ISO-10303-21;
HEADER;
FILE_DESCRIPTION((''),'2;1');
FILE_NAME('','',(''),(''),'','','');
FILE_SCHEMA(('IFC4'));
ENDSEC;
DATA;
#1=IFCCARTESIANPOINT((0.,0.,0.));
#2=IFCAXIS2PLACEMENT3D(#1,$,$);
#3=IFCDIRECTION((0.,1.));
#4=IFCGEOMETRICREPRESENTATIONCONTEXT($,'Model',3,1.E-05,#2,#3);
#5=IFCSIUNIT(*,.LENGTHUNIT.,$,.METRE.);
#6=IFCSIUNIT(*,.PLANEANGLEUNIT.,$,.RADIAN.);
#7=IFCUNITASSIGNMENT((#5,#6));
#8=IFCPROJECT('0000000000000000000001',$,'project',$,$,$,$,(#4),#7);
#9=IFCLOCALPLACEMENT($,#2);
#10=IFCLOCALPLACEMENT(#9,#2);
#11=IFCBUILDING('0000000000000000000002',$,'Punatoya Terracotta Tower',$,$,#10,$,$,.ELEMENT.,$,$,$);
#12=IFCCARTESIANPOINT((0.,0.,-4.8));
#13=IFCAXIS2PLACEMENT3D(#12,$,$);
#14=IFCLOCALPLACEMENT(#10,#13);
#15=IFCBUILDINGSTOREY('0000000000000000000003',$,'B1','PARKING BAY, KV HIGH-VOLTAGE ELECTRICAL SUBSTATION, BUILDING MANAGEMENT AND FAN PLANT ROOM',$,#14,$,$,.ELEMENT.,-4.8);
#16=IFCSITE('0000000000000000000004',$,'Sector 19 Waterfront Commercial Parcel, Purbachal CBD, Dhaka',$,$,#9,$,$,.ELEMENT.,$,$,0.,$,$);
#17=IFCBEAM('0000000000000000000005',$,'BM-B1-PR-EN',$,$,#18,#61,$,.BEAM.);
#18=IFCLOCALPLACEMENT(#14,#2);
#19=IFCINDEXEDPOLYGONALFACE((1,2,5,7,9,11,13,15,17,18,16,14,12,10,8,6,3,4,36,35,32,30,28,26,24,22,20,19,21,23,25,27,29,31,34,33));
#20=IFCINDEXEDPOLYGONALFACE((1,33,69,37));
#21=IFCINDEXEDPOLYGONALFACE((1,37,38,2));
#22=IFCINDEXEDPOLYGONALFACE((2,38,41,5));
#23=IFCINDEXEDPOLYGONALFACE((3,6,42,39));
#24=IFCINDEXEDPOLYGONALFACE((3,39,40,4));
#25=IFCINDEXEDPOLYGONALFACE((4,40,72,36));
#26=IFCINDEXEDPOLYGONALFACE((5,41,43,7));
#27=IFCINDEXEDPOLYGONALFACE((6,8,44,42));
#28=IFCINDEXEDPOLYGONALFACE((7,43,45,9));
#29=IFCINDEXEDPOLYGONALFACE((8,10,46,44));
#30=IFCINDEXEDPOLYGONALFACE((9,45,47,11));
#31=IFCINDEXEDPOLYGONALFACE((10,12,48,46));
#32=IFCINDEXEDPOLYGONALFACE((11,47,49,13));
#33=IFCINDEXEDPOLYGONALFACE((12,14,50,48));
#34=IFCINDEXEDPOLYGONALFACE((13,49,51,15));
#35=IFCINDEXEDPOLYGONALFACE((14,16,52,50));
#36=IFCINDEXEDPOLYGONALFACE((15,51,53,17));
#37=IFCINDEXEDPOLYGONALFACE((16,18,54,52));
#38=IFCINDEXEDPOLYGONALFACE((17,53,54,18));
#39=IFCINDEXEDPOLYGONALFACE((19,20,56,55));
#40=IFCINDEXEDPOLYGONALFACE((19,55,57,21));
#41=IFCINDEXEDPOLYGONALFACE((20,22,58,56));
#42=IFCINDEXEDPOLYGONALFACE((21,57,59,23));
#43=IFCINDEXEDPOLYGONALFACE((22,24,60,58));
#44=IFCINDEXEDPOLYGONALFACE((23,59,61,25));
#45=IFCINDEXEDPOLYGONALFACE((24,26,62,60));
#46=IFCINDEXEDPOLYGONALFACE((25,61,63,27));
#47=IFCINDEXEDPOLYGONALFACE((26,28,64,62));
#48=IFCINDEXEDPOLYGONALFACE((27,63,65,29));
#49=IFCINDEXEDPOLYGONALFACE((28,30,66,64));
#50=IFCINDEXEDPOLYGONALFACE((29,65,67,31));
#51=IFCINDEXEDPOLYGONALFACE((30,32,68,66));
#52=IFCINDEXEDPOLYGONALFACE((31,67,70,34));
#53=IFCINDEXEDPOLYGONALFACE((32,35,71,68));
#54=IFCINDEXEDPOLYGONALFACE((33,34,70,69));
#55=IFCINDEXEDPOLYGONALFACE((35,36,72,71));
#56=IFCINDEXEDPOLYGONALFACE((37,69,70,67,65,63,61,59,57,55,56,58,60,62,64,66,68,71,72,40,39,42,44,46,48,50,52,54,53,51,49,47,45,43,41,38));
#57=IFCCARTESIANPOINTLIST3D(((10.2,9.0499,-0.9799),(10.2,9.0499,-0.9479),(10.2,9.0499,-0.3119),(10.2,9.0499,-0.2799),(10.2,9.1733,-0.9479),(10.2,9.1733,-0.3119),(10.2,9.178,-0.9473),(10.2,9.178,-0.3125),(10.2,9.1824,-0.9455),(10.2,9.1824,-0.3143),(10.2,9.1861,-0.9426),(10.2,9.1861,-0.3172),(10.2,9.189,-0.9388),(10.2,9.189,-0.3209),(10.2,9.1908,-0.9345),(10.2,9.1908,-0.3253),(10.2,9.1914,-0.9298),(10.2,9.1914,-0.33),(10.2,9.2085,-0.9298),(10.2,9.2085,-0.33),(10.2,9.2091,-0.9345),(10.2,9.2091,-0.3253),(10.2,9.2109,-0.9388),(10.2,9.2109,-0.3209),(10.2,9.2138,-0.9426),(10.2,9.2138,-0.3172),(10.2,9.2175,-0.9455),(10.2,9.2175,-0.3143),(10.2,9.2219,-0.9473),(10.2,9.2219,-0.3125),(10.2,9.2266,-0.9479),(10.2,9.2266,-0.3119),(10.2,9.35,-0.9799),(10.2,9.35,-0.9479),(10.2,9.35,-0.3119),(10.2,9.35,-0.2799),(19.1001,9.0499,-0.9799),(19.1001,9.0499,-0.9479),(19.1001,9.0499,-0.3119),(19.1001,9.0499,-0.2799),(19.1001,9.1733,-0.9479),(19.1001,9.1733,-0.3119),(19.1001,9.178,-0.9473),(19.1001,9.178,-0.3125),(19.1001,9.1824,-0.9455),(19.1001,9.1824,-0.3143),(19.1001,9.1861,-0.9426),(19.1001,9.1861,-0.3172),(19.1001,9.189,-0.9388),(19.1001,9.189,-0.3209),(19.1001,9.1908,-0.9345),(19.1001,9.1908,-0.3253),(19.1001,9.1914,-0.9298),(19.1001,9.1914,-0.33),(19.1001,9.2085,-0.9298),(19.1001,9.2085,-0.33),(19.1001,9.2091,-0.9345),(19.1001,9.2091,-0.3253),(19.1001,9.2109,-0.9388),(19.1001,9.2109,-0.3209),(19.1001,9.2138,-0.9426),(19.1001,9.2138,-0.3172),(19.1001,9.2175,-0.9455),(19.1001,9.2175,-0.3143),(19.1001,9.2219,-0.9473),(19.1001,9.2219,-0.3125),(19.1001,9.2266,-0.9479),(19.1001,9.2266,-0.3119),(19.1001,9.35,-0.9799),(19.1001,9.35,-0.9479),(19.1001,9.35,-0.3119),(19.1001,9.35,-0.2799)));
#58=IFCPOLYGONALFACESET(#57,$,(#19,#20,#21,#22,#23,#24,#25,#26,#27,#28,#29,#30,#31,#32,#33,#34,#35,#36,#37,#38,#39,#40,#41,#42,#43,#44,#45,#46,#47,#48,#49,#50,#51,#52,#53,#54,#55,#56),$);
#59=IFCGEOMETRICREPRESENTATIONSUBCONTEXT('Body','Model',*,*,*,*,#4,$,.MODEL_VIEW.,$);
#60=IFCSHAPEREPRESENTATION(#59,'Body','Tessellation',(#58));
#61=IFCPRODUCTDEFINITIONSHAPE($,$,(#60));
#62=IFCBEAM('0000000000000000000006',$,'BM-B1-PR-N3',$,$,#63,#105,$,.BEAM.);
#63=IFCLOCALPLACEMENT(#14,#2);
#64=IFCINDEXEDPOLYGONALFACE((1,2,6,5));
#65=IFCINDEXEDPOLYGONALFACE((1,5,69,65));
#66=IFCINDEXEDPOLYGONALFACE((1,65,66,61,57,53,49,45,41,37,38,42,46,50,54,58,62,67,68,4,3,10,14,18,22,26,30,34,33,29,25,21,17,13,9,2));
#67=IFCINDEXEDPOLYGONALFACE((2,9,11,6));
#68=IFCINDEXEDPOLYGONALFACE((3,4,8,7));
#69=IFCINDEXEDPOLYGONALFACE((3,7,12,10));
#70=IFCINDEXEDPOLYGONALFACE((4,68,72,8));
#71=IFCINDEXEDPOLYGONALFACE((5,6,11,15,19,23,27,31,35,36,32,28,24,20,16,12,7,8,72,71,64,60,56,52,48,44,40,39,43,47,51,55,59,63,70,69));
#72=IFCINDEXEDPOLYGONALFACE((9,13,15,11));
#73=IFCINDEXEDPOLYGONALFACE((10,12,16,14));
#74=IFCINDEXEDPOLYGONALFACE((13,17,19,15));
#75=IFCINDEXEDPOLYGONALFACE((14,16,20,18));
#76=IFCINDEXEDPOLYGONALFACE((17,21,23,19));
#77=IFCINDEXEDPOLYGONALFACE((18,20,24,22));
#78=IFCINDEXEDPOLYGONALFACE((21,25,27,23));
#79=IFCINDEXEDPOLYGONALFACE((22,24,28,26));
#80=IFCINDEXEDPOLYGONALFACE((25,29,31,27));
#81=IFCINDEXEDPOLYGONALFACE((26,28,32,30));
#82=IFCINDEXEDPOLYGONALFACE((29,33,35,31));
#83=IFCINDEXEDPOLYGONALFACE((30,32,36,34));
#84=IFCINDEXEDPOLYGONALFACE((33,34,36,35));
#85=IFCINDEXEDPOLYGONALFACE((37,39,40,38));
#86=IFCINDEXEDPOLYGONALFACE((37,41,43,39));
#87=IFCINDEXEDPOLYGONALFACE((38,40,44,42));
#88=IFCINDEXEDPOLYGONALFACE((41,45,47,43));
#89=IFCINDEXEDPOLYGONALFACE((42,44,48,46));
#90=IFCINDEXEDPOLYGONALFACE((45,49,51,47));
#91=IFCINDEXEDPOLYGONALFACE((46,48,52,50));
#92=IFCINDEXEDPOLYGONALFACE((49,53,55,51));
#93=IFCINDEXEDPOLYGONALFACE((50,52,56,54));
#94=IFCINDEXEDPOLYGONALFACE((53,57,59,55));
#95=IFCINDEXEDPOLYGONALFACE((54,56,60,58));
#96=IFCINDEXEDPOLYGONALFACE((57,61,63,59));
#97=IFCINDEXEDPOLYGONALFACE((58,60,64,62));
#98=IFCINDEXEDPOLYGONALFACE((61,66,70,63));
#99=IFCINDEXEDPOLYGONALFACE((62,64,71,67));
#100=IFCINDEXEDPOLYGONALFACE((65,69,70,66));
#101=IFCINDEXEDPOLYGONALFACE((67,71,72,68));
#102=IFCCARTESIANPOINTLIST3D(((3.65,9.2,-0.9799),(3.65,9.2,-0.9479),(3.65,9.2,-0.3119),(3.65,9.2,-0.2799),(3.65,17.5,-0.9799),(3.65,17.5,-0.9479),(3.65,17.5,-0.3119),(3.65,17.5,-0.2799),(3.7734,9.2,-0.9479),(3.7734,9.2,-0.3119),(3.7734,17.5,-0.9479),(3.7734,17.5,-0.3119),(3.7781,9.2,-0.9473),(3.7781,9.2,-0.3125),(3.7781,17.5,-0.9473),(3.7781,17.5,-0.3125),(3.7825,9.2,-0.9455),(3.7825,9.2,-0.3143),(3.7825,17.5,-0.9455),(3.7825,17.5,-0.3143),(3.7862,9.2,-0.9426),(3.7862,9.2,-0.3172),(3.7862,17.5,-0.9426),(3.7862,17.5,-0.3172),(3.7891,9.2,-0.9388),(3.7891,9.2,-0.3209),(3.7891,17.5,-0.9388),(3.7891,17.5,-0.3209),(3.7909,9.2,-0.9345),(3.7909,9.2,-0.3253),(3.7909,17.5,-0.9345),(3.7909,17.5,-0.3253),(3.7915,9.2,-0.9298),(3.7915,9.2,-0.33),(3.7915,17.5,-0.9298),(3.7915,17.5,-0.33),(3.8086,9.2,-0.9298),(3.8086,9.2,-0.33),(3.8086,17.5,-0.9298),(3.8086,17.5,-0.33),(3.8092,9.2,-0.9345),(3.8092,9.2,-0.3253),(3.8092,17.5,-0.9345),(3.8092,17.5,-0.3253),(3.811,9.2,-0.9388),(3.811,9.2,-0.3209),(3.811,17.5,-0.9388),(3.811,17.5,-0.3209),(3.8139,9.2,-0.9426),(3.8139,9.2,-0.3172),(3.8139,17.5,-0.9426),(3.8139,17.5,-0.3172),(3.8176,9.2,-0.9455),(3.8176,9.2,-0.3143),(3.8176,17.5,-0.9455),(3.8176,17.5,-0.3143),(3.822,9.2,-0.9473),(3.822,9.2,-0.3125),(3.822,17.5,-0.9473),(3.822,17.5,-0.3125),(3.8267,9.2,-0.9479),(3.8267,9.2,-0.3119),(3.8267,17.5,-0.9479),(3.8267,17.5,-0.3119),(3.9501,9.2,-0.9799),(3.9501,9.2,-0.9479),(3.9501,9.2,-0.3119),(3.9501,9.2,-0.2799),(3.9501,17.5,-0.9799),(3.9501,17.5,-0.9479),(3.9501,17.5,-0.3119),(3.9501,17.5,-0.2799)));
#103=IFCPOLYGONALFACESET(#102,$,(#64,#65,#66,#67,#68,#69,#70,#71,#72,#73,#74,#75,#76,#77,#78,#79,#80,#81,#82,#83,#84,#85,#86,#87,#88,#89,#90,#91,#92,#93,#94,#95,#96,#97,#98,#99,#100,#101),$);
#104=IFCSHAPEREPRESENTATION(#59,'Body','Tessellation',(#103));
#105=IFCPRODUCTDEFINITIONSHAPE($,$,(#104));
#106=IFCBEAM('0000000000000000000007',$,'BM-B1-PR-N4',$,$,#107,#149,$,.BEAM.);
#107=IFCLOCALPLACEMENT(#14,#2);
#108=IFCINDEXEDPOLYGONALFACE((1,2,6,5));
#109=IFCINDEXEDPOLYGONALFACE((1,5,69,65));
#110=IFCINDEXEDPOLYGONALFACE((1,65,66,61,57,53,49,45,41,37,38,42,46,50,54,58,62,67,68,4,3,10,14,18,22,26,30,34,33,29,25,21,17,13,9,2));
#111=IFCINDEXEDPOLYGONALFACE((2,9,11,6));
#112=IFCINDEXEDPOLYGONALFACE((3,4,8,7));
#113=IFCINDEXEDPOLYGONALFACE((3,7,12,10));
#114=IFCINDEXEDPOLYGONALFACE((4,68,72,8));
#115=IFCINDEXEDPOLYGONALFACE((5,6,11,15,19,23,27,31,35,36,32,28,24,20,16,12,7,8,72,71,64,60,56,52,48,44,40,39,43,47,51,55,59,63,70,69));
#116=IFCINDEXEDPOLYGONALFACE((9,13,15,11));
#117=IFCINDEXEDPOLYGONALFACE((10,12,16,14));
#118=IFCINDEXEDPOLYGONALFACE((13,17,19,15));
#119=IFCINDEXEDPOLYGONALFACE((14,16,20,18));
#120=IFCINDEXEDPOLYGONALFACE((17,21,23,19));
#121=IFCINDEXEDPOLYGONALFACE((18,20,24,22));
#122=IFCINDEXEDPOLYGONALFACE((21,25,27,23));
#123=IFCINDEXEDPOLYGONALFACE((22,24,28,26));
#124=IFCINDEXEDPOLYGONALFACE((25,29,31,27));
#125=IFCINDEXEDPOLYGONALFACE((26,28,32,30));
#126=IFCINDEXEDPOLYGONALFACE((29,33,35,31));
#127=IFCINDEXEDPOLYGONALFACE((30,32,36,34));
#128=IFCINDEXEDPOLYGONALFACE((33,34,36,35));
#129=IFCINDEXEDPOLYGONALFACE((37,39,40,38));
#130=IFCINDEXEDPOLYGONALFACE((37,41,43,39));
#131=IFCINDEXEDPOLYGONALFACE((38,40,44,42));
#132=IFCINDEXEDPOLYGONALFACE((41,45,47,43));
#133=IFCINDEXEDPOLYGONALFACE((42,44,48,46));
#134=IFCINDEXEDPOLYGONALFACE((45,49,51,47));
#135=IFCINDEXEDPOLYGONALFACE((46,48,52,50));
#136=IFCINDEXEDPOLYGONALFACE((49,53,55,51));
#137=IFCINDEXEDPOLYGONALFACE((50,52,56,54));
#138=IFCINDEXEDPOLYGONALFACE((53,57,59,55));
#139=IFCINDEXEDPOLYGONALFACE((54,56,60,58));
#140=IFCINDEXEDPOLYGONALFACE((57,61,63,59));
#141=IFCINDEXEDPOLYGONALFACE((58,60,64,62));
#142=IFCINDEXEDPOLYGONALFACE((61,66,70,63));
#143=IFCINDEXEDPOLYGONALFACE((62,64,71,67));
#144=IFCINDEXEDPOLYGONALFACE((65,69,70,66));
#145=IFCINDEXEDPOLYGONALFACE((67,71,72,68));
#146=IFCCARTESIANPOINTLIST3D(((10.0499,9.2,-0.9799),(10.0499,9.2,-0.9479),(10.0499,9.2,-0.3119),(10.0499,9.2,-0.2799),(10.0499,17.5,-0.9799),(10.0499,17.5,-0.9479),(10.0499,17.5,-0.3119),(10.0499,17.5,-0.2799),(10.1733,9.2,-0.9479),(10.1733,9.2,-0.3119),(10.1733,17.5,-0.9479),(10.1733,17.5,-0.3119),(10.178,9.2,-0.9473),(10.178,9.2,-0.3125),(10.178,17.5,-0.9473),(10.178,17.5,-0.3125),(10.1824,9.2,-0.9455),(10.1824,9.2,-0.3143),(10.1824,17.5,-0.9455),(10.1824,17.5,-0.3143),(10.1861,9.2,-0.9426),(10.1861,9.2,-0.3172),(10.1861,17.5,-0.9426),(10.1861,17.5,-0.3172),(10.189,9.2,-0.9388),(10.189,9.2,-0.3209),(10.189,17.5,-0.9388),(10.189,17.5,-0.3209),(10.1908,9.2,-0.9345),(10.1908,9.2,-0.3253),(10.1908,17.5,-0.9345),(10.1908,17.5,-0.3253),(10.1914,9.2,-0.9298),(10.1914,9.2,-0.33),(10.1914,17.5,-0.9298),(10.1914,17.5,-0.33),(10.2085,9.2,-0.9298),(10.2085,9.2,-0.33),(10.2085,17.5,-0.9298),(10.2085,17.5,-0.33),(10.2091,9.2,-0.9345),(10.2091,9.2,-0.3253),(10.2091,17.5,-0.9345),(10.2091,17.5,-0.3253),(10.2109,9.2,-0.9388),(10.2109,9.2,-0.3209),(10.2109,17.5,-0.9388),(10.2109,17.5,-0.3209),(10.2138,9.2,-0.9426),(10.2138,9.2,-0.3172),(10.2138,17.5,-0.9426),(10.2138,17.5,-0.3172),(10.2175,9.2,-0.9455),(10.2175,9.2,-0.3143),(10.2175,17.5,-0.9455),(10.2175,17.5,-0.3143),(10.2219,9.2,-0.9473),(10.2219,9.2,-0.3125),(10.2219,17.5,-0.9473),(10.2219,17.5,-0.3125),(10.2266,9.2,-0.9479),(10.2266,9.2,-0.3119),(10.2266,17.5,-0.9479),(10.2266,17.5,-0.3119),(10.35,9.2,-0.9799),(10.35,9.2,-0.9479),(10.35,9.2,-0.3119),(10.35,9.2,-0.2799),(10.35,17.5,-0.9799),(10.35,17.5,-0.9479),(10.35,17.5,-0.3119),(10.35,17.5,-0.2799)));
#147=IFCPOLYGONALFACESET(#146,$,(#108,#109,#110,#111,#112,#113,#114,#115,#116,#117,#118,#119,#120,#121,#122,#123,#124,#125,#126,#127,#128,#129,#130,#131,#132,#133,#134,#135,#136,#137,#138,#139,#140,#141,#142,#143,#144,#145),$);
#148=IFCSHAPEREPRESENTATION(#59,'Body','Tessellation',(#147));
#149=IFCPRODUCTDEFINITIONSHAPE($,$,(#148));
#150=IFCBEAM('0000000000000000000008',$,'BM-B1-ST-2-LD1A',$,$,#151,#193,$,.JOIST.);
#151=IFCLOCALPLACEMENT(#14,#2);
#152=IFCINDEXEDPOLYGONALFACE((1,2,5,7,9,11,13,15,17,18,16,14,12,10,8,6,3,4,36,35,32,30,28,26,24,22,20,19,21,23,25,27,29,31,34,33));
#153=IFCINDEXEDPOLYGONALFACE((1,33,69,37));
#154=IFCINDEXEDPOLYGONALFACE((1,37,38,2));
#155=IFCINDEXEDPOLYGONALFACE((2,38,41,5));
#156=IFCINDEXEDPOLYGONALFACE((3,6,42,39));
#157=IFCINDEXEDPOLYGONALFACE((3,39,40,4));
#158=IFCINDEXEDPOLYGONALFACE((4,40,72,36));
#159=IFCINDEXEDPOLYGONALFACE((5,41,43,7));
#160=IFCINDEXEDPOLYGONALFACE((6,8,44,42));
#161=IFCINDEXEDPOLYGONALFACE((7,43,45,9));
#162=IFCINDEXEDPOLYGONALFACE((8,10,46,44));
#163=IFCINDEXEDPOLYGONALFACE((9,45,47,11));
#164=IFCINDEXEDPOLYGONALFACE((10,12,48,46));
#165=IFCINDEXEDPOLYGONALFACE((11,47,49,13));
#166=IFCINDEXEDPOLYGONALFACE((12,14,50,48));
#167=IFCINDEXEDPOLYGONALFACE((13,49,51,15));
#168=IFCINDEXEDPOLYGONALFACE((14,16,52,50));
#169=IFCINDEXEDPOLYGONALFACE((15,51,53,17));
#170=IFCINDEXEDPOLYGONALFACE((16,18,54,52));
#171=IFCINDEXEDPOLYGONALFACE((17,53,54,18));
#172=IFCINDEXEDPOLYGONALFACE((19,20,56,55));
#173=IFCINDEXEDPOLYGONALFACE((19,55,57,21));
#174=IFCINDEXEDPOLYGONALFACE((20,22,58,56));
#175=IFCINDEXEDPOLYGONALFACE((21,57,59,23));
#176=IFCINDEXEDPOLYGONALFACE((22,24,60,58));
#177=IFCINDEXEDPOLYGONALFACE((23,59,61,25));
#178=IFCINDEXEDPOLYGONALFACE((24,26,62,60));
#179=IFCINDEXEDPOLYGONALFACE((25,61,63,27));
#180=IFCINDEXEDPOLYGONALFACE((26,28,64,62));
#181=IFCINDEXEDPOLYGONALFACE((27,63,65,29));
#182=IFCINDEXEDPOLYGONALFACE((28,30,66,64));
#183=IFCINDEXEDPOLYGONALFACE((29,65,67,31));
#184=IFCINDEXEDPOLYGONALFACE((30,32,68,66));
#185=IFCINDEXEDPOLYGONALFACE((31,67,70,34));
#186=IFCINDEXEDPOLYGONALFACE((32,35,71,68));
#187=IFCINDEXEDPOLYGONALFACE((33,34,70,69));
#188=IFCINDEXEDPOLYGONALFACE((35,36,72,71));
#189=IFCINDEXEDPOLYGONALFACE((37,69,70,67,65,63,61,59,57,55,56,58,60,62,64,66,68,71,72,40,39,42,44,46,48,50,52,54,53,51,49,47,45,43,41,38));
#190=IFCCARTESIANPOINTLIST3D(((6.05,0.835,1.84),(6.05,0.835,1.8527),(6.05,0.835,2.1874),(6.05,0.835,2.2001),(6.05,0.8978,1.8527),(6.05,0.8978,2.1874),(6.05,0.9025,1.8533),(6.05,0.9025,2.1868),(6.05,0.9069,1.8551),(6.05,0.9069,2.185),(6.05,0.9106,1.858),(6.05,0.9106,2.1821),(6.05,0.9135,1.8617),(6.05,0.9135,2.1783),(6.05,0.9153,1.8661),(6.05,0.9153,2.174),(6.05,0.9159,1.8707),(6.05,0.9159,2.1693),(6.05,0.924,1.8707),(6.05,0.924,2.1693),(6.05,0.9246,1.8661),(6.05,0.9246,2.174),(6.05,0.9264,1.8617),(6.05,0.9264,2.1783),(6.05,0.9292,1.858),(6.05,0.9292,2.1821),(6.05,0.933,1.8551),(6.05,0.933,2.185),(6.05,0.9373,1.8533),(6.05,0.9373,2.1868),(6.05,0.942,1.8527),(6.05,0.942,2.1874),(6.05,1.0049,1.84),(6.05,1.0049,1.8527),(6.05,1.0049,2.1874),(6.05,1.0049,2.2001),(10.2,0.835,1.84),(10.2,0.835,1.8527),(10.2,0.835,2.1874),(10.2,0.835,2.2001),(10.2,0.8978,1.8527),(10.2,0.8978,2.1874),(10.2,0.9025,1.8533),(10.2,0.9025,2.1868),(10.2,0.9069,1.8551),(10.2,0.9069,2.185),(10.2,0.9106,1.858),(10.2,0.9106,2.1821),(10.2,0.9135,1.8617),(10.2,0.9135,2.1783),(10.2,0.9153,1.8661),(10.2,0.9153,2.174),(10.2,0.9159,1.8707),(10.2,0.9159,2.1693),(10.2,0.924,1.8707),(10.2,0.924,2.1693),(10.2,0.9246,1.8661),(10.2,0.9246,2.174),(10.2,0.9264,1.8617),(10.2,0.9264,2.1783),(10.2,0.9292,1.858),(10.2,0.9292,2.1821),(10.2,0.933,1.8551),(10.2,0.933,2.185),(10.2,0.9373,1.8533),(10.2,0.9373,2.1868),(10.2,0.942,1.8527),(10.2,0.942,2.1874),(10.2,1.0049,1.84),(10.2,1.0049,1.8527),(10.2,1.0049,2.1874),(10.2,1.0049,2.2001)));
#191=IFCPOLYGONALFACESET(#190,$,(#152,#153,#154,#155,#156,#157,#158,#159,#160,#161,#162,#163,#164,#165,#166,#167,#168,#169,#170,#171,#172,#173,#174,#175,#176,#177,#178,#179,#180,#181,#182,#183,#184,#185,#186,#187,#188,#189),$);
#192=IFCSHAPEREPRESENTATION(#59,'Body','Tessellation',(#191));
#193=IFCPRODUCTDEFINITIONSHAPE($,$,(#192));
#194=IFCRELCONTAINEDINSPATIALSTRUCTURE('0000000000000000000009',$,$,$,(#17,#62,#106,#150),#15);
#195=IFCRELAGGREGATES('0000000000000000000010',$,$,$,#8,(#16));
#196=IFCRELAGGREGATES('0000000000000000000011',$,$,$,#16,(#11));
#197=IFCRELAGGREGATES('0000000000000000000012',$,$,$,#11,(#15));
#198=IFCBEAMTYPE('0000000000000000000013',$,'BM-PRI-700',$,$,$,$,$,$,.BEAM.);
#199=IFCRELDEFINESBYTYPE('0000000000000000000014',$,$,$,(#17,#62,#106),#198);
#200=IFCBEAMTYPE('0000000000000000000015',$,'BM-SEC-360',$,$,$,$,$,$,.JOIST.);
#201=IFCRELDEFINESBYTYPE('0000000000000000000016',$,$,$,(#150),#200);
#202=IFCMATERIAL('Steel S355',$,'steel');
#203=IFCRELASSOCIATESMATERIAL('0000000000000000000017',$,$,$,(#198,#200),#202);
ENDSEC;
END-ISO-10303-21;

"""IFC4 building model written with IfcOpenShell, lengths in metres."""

from ifc_helpers import new_model, si_unit, direction, frame, origin, origin_2d, place, context, subcontext, project, spatial, i_section, extrude, material, material_profile, profile_set, type_object, element, save


model = new_model("IFC4")

# Units and contexts
model_context = context("Model", 3, precision=1e-05, world=origin(), true_north=direction((0.0, 1.0)))
body_context = subcontext(model_context, "Body", "Model", "MODEL_VIEW")
ifc_project = project(units=[si_unit("LENGTHUNIT", "METRE"), si_unit("PLANEANGLEUNIT", "RADIAN")], contexts=[model_context])

# Site, building, storey
site_placement = place(None, origin())
site = spatial("IfcSite", under=ifc_project, at=site_placement, Name="Sector 19 Waterfront Commercial Parcel, Purbachal CBD, Dhaka", CompositionType="ELEMENT", RefElevation=0.0)
building_placement = place(site_placement, origin())
building = spatial("IfcBuilding", under=site, at=building_placement, Name="Punatoya Terracotta Tower", CompositionType="ELEMENT")
storey_placement = place(building_placement, frame((0.0, 0.0, -4.8)))
storey = spatial("IfcBuildingStorey", under=building, at=storey_placement, Name="B1", Description="PARKING BAY, KV HIGH-VOLTAGE ELECTRICAL SUBSTATION, BUILDING MANAGEMENT AND FAN PLANT ROOM", CompositionType="ELEMENT", Elevation=-4.8)

# Beams
ifc_material_1 = material(Name="Steel S355", Category="steel")
ifc_material_profile_1 = material_profile(ifc_material_1, i_section(OverallWidth=0.3, OverallDepth=0.7, WebThickness=0.0171, FlangeThickness=0.032, FilletRadius=0.0181, at=origin_2d()))
ifc_profile_set_1 = profile_set([ifc_material_profile_1], Name="Steel S355")
beam_type_1 = type_object("IfcBeamType", Name="BM-PRI-700", PredefinedType="BEAM", material=ifc_profile_set_1)
for number, where, z_axis, x_axis, name in (
    (1, (10.2, 9.2, -0.6299), (1.0, 0.0, 0.0), (0.0, 1.0, 0.0), "BM-B1-PR-EN"),
):
    element("IfcBeam", number, at=place(storey_placement, frame(where, z_axis=z_axis, x_axis=x_axis)), inside=storey, type_object=beam_type_1, Name=name, PredefinedType="BEAM", context=body_context, shape_type="SweptSolid", body=[
        extrude(i_section(OverallWidth=0.3, OverallDepth=0.7, WebThickness=0.0171, FlangeThickness=0.032, FilletRadius=0.0181, at=origin_2d()), origin(), (0.0, 0.0, 1.0), 8.9001),
    ])
for number, where, z_axis, x_axis, name in (
    (2, (3.8, 9.2, -0.6299), (0.0, 1.0, 0.0), (-1.0, 0.0, 0.0), "BM-B1-PR-N3"),
    (3, (10.2, 9.2, -0.6299), (0.0, 1.0, 0.0), (-1.0, 0.0, 0.0), "BM-B1-PR-N4"),
):
    element("IfcBeam", number, at=place(storey_placement, frame(where, z_axis=z_axis, x_axis=x_axis)), inside=storey, type_object=beam_type_1, Name=name, PredefinedType="BEAM", context=body_context, shape_type="SweptSolid", body=[
        extrude(i_section(OverallWidth=0.3, OverallDepth=0.7, WebThickness=0.0171, FlangeThickness=0.032, FilletRadius=0.0181, at=origin_2d()), origin(), (0.0, 0.0, 1.0), 8.3),
    ])
ifc_material_profile_2 = material_profile(ifc_material_1, i_section(OverallWidth=0.1699, OverallDepth=0.3601, WebThickness=0.0081, FlangeThickness=0.0127, FilletRadius=0.0181, at=origin_2d()))
ifc_profile_set_2 = profile_set([ifc_material_profile_2], Name="Steel S355")
beam_type_2 = type_object("IfcBeamType", Name="BM-SEC-360", PredefinedType="JOIST", material=ifc_profile_set_2)
for number, where, z_axis, x_axis, name in (
    (4, (6.05, 0.9199, 2.02), (1.0, 0.0, 0.0), (0.0, 1.0, 0.0), "BM-B1-ST-2-LD1A"),
):
    element("IfcBeam", number, at=place(storey_placement, frame(where, z_axis=z_axis, x_axis=x_axis)), inside=storey, type_object=beam_type_2, Name=name, PredefinedType="JOIST", context=body_context, shape_type="SweptSolid", body=[
        extrude(i_section(OverallWidth=0.1699, OverallDepth=0.3601, WebThickness=0.0081, FlangeThickness=0.0127, FilletRadius=0.0181, at=origin_2d()), origin(), (0.0, 0.0, 1.0), 4.1499),
    ])

save(model, "model.ifc")
